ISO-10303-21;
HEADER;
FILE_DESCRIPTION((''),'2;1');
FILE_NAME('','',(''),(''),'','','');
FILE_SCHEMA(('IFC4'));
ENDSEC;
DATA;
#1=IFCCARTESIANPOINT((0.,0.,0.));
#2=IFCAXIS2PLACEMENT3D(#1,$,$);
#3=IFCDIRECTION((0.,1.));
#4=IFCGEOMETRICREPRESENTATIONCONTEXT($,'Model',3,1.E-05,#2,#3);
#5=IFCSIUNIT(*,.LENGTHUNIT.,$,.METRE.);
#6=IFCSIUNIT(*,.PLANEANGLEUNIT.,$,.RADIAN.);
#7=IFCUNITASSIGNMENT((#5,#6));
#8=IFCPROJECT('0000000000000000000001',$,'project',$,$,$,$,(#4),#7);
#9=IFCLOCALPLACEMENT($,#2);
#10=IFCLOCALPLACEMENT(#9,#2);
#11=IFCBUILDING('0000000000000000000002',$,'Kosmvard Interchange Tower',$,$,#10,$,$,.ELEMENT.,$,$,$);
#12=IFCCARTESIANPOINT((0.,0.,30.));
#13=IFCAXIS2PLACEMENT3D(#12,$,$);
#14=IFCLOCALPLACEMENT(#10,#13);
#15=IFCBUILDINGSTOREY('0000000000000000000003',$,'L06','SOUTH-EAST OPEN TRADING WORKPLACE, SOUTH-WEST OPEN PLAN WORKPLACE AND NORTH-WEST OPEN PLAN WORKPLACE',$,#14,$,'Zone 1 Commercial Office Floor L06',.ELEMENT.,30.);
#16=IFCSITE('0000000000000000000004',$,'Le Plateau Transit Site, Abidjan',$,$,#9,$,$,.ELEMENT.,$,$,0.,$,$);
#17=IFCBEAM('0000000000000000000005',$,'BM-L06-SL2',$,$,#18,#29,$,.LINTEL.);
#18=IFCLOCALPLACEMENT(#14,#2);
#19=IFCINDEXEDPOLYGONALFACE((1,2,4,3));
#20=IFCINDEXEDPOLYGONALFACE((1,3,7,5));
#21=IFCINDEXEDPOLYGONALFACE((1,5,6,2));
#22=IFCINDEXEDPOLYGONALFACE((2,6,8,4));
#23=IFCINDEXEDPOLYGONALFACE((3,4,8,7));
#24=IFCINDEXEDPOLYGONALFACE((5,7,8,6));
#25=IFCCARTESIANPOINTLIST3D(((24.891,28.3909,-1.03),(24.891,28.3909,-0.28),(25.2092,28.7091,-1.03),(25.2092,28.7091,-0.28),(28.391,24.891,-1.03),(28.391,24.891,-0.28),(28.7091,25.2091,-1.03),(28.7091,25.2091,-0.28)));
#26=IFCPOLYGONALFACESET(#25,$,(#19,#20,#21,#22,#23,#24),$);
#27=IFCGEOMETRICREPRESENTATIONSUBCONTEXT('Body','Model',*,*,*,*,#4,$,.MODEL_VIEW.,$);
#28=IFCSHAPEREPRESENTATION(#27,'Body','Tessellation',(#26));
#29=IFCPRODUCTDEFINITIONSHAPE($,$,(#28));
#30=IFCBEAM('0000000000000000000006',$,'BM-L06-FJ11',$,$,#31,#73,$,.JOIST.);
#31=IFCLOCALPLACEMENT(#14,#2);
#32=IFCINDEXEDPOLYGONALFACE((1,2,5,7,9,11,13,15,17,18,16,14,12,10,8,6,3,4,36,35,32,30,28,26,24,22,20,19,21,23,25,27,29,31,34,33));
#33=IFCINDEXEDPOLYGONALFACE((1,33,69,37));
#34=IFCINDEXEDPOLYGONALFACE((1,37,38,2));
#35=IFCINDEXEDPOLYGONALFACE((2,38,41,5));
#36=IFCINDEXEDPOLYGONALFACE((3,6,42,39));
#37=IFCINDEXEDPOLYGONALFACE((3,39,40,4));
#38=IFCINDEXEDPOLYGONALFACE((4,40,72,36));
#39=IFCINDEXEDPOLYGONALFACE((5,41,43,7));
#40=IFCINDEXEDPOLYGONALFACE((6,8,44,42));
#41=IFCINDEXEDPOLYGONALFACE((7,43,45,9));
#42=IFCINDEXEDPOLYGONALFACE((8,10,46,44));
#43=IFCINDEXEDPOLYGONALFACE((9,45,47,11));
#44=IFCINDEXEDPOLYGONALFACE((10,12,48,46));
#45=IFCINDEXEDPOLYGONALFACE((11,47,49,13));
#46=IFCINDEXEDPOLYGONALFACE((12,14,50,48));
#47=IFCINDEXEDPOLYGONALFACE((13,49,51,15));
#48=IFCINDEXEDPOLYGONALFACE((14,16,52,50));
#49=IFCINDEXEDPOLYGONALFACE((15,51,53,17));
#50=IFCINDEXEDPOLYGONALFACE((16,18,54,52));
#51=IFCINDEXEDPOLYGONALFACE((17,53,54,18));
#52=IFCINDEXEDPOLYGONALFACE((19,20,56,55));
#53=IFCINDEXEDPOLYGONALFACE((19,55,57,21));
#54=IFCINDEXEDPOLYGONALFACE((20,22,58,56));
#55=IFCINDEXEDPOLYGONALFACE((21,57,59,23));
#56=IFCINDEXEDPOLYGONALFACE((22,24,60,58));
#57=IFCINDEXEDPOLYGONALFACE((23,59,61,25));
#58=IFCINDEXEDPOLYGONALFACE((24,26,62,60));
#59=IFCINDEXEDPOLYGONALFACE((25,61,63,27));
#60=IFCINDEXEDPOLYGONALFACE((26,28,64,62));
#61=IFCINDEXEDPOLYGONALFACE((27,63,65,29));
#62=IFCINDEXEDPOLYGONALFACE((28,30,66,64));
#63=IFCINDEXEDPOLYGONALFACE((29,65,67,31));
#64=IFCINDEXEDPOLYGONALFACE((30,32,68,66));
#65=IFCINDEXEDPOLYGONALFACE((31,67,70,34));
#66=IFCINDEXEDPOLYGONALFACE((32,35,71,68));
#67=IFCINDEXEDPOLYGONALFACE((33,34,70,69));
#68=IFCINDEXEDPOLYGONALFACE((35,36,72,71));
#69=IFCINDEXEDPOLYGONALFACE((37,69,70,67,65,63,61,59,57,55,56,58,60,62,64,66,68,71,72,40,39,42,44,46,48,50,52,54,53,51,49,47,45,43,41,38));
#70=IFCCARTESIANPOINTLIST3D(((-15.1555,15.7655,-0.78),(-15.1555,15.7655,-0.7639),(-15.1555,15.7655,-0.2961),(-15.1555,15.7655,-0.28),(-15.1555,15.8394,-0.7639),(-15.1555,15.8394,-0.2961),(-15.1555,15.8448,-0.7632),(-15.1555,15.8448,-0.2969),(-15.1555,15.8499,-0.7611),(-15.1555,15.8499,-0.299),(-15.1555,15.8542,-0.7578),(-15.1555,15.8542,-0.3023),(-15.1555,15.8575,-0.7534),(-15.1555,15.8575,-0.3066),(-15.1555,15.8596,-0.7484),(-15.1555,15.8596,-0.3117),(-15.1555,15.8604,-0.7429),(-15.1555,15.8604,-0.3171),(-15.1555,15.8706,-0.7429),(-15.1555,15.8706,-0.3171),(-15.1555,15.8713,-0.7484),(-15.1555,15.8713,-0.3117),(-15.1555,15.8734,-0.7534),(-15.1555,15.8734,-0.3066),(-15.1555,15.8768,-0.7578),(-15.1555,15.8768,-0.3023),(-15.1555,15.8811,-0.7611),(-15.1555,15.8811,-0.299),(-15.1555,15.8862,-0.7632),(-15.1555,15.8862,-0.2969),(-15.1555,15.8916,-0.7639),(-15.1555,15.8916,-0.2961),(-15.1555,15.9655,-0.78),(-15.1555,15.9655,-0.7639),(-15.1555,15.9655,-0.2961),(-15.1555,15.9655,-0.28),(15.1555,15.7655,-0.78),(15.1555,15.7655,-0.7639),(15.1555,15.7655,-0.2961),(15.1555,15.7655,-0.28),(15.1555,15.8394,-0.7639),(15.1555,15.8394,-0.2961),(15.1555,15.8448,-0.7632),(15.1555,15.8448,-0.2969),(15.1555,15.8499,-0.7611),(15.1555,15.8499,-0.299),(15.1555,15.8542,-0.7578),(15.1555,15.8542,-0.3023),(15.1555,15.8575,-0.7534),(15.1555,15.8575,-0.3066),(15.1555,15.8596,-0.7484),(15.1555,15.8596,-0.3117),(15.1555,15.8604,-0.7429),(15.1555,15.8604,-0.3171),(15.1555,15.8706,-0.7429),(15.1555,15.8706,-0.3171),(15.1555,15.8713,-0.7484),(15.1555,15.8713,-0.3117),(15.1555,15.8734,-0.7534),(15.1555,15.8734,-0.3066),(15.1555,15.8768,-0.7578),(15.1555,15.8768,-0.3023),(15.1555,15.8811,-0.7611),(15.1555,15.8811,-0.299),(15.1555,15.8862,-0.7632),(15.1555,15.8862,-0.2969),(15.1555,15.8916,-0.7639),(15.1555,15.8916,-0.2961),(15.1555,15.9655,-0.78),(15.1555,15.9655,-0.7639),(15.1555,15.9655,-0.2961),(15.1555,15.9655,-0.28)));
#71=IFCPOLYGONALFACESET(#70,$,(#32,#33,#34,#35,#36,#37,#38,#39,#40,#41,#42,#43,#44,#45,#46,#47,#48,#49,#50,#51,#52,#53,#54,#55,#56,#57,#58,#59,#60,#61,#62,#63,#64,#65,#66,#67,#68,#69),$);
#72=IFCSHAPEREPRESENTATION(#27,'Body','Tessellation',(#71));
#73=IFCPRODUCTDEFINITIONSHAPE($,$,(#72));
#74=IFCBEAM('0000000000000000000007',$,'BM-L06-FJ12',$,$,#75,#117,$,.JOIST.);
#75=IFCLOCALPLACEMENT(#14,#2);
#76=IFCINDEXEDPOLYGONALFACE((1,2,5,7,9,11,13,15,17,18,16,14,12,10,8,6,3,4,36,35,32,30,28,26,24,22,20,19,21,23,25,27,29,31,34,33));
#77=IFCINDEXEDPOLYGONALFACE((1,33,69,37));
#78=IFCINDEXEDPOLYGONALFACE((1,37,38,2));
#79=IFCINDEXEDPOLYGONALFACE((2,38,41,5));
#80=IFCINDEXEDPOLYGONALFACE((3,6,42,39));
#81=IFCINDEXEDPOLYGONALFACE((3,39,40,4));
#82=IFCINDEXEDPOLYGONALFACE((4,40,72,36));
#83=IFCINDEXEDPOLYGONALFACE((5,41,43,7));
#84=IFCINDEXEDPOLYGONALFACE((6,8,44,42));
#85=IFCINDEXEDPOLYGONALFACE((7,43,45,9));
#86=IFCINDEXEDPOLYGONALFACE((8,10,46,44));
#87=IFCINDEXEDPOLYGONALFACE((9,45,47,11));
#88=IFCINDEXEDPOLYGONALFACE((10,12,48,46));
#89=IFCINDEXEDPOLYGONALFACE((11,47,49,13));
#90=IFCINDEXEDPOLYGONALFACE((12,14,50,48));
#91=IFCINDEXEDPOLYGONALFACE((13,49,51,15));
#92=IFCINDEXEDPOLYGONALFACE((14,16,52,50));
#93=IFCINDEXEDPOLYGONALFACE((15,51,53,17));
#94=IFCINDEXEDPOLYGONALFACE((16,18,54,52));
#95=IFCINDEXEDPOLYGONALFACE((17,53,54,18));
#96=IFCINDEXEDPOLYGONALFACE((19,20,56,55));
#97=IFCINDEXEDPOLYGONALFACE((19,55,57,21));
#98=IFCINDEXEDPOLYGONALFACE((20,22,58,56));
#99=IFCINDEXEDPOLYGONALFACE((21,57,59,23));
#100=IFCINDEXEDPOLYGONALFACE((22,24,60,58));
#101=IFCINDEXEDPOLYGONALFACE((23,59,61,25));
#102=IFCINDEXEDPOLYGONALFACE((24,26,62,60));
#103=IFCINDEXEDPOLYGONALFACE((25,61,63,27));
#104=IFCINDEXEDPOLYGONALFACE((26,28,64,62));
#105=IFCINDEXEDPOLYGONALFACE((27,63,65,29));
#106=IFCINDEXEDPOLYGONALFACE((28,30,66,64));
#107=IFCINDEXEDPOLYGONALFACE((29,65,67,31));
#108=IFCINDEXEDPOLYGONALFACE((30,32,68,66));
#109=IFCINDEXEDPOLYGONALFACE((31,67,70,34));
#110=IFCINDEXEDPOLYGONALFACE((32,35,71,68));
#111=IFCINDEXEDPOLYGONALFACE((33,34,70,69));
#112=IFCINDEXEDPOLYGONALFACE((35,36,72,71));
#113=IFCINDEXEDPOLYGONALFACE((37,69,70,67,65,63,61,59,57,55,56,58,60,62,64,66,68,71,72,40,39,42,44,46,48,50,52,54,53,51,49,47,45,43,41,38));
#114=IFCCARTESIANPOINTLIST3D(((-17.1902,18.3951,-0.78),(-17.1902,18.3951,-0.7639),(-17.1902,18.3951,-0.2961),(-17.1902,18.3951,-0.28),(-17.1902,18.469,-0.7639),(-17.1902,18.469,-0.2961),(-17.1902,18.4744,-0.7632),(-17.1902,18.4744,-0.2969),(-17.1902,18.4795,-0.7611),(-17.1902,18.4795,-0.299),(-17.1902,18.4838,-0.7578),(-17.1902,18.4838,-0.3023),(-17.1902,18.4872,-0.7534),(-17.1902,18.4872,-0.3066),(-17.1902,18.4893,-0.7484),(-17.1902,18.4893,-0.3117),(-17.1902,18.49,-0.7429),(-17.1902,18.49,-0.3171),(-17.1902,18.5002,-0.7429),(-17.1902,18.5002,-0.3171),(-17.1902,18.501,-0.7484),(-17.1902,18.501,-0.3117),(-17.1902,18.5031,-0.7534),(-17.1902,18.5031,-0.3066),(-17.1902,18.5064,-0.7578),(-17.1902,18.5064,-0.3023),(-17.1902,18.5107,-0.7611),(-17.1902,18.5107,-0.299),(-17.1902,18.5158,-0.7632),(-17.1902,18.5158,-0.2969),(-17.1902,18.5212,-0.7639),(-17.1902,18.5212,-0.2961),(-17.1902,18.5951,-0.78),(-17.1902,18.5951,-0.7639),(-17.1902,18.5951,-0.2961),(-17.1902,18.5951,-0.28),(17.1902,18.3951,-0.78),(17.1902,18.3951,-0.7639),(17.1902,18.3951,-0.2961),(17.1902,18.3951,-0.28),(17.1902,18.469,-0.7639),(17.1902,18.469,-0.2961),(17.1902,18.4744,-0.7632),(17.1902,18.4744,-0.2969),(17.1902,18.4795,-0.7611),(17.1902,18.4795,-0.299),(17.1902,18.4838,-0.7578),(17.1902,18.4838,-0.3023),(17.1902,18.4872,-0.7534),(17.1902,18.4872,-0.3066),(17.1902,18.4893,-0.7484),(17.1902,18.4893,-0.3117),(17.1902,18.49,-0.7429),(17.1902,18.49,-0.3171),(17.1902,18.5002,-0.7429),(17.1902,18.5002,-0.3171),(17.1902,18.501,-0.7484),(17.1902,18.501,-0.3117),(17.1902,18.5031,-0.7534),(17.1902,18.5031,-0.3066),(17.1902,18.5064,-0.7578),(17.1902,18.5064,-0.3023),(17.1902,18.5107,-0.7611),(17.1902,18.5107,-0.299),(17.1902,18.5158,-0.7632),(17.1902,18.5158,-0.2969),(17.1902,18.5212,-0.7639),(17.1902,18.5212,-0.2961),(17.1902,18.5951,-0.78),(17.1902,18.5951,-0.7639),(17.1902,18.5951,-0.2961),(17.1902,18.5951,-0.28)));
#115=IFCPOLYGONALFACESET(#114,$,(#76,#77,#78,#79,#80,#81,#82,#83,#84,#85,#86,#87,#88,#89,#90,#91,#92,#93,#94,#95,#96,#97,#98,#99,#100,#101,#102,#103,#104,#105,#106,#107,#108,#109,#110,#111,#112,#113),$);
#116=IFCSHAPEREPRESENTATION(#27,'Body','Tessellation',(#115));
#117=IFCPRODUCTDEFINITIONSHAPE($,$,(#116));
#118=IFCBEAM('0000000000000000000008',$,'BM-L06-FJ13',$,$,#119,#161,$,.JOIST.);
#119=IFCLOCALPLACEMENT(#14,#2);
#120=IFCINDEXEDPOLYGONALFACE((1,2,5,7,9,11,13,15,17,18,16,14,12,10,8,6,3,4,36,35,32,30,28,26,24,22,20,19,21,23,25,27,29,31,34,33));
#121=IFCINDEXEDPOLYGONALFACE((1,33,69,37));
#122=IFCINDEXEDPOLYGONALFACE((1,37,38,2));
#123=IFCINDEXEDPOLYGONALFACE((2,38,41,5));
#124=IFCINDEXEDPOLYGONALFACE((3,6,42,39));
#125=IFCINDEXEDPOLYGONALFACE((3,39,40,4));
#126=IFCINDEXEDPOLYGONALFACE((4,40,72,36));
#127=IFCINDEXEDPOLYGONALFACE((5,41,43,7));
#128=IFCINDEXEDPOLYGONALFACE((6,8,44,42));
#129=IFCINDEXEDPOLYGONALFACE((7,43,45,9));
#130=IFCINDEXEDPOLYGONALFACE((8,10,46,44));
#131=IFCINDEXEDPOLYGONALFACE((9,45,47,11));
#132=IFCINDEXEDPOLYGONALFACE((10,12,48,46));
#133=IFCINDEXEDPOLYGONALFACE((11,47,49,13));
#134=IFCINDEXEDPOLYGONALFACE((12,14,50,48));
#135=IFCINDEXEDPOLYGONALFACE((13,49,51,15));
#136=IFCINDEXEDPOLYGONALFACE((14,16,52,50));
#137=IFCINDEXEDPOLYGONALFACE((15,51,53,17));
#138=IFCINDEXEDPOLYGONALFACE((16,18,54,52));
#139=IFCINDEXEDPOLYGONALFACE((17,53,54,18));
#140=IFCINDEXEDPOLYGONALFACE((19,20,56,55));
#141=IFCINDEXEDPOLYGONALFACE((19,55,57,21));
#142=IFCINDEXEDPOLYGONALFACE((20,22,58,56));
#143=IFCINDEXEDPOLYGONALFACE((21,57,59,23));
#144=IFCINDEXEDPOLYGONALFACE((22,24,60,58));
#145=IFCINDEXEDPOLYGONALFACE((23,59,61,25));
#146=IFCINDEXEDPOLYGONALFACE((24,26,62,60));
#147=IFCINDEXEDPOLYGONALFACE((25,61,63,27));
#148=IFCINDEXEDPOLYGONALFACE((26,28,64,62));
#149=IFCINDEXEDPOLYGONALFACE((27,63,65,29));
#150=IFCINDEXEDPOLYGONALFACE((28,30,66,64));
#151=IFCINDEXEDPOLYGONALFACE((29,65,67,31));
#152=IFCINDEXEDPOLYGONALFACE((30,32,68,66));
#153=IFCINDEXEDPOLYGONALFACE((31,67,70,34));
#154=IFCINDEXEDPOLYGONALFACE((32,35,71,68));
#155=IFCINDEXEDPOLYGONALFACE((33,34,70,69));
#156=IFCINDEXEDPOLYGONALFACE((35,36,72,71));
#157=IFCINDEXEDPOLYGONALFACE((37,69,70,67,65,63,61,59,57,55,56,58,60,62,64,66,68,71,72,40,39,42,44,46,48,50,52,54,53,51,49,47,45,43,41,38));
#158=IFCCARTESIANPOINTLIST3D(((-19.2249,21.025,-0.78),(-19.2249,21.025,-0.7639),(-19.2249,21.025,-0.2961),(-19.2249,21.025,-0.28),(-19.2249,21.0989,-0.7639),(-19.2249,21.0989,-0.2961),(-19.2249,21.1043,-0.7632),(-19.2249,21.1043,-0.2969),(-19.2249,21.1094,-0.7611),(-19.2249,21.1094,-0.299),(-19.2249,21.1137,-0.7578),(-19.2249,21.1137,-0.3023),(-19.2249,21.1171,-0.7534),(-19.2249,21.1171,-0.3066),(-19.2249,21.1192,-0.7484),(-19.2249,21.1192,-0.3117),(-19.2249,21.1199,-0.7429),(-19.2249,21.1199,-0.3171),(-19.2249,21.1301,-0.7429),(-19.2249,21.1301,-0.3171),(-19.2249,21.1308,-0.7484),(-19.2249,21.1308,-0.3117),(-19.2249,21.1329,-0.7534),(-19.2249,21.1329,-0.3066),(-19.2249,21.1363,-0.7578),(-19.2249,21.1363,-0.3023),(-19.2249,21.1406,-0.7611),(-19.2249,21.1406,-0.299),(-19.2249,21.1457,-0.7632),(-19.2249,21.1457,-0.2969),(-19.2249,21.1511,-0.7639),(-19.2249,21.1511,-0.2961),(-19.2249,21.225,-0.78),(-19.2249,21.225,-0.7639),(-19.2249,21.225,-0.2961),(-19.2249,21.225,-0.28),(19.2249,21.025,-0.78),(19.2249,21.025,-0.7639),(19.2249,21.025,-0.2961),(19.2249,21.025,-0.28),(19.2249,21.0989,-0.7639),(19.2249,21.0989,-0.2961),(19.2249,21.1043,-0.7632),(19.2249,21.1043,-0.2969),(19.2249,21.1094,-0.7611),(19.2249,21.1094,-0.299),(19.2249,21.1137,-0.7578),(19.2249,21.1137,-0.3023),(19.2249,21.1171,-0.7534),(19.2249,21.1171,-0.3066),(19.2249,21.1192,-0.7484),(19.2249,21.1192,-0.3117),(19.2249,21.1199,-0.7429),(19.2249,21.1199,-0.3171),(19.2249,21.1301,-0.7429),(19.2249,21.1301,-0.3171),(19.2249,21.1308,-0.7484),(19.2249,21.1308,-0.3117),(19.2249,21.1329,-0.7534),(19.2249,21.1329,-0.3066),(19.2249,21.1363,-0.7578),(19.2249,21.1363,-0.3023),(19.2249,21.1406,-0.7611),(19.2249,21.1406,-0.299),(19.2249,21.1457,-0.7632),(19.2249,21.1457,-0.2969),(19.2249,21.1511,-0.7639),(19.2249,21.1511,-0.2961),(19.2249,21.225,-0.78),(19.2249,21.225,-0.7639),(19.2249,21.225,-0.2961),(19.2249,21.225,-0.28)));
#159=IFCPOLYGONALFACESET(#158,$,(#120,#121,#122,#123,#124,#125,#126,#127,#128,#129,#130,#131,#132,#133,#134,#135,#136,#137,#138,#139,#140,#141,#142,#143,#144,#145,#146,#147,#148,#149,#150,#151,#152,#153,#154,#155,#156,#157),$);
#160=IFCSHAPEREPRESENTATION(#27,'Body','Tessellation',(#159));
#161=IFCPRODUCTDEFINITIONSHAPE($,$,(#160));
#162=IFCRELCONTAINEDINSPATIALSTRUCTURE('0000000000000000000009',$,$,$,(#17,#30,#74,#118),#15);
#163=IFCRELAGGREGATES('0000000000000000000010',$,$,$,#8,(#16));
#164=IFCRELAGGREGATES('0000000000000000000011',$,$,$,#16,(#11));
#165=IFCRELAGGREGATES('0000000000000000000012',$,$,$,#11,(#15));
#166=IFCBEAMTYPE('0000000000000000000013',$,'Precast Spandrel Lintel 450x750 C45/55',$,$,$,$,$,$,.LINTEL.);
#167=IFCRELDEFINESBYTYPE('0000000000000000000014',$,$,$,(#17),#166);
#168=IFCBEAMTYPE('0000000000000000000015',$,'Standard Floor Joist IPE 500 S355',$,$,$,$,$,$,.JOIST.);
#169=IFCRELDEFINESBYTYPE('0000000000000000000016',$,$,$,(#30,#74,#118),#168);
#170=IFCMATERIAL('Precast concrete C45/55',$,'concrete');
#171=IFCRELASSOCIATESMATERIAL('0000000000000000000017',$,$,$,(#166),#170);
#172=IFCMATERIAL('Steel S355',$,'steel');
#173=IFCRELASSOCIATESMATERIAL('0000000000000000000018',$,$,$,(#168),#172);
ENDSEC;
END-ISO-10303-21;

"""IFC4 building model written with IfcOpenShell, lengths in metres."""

from ifc_helpers import new_model, si_unit, direction, frame, origin, origin_2d, place, context, subcontext, project, spatial, rectangle, i_section, extrude, source, transform, mapped, material, material_profile, profile_set, type_object, element, save


model = new_model("IFC4")

# Units and contexts
model_context = context("Model", 3, precision=1e-05, world=origin(), true_north=direction((0.0, 1.0)))
body_context = subcontext(model_context, "Body", "Model", "MODEL_VIEW")
ifc_project = project(units=[si_unit("LENGTHUNIT", "METRE"), si_unit("PLANEANGLEUNIT", "RADIAN")], contexts=[model_context])

# Site, building, storey
site_placement = place(None, origin())
site = spatial("IfcSite", under=ifc_project, at=site_placement, Name="Le Plateau Transit Site, Abidjan", CompositionType="ELEMENT", RefElevation=0.0)
building_placement = place(site_placement, origin())
building = spatial("IfcBuilding", under=site, at=building_placement, Name="Kosmvard Interchange Tower", CompositionType="ELEMENT")
storey_placement = place(building_placement, frame((0.0, 0.0, 30.0)))
storey = spatial("IfcBuildingStorey", under=building, at=storey_placement, Name="L06", Description="SOUTH-EAST OPEN TRADING WORKPLACE, SOUTH-WEST OPEN PLAN WORKPLACE AND NORTH-WEST OPEN PLAN WORKPLACE", LongName="Zone 1 Commercial Office Floor L06", CompositionType="ELEMENT", Elevation=30.0)

# Beams
ifc_material_1 = material(Name="Steel S355", Category="steel")
ifc_material_2 = material(Name="Precast concrete C45/55", Category="concrete")
ifc_material_profile_1 = material_profile(ifc_material_2, rectangle(XDim=0.45, YDim=0.75, at=origin_2d()), Name="SL 450x750")
ifc_profile_set_1 = profile_set([ifc_material_profile_1], Name="Precast concrete C45/55")
beam_type_1 = type_object("IfcBeamType", Name="Precast Spandrel Lintel 450x750 C45/55", PredefinedType="LINTEL", material=ifc_profile_set_1)
shared_shape_1 = source(origin(), body_context, "Body", "SweptSolid", [
    extrude(rectangle(XDim=0.45, YDim=0.75, at=origin_2d()), origin(), (0.0, 0.0, 1.0), 4.9497),
])
beam_1_placement = place(storey_placement, frame((28.55, 25.05, -0.655), z_axis=(-0.707107, 0.707107, 0.0), x_axis=(-0.707107, -0.707107, 0.0)))
element("IfcBeam", 1, at=beam_1_placement, inside=storey, type_object=beam_type_1, Name="BM-L06-SL2", PredefinedType="LINTEL", context=body_context, shape_type="MappedRepresentation", body=[
    mapped(shared_shape_1, transform((0.0, 0.0, 0.0), scale=1.0)),
])
ifc_material_profile_2 = material_profile(ifc_material_1, i_section(OverallWidth=0.2, OverallDepth=0.5, WebThickness=0.0103, FlangeThickness=0.0161, FilletRadius=0.021, at=origin_2d()), Name="IPE 500")
ifc_profile_set_2 = profile_set([ifc_material_profile_2], Name="Steel S355")
beam_type_2 = type_object("IfcBeamType", Name="Standard Floor Joist IPE 500 S355", PredefinedType="JOIST", material=ifc_profile_set_2)
shared_shape_2 = source(origin(), body_context, "Body", "SweptSolid", [
    extrude(i_section(OverallWidth=0.2, OverallDepth=0.5, WebThickness=0.0103, FlangeThickness=0.0161, FilletRadius=0.021, at=origin_2d()), origin(), (0.0, 0.0, 1.0), 30.311),
])
beam_2_placement = place(storey_placement, frame((15.1555, 15.8655, -0.53), z_axis=(-1.0, 0.0, 0.0), x_axis=(0.0, -1.0, 0.0)))
element("IfcBeam", 2, at=beam_2_placement, inside=storey, type_object=beam_type_2, Name="BM-L06-FJ11", PredefinedType="JOIST", context=body_context, shape_type="MappedRepresentation", body=[
    mapped(shared_shape_2, transform((0.0, 0.0, 0.0), scale=1.0)),
])
shared_shape_3 = source(origin(), body_context, "Body", "SweptSolid", [
    extrude(i_section(OverallWidth=0.2, OverallDepth=0.5, WebThickness=0.0103, FlangeThickness=0.0161, FilletRadius=0.021, at=origin_2d()), origin(), (0.0, 0.0, 1.0), 34.3804),
])
beam_3_placement = place(storey_placement, frame((17.1902, 18.4951, -0.53), z_axis=(-1.0, 0.0, 0.0), x_axis=(0.0, -1.0, 0.0)))
element("IfcBeam", 3, at=beam_3_placement, inside=storey, type_object=beam_type_2, Name="BM-L06-FJ12", PredefinedType="JOIST", context=body_context, shape_type="MappedRepresentation", body=[
    mapped(shared_shape_3, transform((0.0, 0.0, 0.0), scale=1.0)),
])
shared_shape_4 = source(origin(), body_context, "Body", "SweptSolid", [
    extrude(i_section(OverallWidth=0.2, OverallDepth=0.5, WebThickness=0.0103, FlangeThickness=0.0161, FilletRadius=0.021, at=origin_2d()), origin(), (0.0, 0.0, 1.0), 38.4497),
])
beam_4_placement = place(storey_placement, frame((19.2249, 21.125, -0.53), z_axis=(-1.0, 0.0, 0.0), x_axis=(0.0, -1.0, 0.0)))
element("IfcBeam", 4, at=beam_4_placement, inside=storey, type_object=beam_type_2, Name="BM-L06-FJ13", PredefinedType="JOIST", context=body_context, shape_type="MappedRepresentation", body=[
    mapped(shared_shape_4, transform((0.0, 0.0, 0.0), scale=1.0)),
])

save(model, "model.ifc")
